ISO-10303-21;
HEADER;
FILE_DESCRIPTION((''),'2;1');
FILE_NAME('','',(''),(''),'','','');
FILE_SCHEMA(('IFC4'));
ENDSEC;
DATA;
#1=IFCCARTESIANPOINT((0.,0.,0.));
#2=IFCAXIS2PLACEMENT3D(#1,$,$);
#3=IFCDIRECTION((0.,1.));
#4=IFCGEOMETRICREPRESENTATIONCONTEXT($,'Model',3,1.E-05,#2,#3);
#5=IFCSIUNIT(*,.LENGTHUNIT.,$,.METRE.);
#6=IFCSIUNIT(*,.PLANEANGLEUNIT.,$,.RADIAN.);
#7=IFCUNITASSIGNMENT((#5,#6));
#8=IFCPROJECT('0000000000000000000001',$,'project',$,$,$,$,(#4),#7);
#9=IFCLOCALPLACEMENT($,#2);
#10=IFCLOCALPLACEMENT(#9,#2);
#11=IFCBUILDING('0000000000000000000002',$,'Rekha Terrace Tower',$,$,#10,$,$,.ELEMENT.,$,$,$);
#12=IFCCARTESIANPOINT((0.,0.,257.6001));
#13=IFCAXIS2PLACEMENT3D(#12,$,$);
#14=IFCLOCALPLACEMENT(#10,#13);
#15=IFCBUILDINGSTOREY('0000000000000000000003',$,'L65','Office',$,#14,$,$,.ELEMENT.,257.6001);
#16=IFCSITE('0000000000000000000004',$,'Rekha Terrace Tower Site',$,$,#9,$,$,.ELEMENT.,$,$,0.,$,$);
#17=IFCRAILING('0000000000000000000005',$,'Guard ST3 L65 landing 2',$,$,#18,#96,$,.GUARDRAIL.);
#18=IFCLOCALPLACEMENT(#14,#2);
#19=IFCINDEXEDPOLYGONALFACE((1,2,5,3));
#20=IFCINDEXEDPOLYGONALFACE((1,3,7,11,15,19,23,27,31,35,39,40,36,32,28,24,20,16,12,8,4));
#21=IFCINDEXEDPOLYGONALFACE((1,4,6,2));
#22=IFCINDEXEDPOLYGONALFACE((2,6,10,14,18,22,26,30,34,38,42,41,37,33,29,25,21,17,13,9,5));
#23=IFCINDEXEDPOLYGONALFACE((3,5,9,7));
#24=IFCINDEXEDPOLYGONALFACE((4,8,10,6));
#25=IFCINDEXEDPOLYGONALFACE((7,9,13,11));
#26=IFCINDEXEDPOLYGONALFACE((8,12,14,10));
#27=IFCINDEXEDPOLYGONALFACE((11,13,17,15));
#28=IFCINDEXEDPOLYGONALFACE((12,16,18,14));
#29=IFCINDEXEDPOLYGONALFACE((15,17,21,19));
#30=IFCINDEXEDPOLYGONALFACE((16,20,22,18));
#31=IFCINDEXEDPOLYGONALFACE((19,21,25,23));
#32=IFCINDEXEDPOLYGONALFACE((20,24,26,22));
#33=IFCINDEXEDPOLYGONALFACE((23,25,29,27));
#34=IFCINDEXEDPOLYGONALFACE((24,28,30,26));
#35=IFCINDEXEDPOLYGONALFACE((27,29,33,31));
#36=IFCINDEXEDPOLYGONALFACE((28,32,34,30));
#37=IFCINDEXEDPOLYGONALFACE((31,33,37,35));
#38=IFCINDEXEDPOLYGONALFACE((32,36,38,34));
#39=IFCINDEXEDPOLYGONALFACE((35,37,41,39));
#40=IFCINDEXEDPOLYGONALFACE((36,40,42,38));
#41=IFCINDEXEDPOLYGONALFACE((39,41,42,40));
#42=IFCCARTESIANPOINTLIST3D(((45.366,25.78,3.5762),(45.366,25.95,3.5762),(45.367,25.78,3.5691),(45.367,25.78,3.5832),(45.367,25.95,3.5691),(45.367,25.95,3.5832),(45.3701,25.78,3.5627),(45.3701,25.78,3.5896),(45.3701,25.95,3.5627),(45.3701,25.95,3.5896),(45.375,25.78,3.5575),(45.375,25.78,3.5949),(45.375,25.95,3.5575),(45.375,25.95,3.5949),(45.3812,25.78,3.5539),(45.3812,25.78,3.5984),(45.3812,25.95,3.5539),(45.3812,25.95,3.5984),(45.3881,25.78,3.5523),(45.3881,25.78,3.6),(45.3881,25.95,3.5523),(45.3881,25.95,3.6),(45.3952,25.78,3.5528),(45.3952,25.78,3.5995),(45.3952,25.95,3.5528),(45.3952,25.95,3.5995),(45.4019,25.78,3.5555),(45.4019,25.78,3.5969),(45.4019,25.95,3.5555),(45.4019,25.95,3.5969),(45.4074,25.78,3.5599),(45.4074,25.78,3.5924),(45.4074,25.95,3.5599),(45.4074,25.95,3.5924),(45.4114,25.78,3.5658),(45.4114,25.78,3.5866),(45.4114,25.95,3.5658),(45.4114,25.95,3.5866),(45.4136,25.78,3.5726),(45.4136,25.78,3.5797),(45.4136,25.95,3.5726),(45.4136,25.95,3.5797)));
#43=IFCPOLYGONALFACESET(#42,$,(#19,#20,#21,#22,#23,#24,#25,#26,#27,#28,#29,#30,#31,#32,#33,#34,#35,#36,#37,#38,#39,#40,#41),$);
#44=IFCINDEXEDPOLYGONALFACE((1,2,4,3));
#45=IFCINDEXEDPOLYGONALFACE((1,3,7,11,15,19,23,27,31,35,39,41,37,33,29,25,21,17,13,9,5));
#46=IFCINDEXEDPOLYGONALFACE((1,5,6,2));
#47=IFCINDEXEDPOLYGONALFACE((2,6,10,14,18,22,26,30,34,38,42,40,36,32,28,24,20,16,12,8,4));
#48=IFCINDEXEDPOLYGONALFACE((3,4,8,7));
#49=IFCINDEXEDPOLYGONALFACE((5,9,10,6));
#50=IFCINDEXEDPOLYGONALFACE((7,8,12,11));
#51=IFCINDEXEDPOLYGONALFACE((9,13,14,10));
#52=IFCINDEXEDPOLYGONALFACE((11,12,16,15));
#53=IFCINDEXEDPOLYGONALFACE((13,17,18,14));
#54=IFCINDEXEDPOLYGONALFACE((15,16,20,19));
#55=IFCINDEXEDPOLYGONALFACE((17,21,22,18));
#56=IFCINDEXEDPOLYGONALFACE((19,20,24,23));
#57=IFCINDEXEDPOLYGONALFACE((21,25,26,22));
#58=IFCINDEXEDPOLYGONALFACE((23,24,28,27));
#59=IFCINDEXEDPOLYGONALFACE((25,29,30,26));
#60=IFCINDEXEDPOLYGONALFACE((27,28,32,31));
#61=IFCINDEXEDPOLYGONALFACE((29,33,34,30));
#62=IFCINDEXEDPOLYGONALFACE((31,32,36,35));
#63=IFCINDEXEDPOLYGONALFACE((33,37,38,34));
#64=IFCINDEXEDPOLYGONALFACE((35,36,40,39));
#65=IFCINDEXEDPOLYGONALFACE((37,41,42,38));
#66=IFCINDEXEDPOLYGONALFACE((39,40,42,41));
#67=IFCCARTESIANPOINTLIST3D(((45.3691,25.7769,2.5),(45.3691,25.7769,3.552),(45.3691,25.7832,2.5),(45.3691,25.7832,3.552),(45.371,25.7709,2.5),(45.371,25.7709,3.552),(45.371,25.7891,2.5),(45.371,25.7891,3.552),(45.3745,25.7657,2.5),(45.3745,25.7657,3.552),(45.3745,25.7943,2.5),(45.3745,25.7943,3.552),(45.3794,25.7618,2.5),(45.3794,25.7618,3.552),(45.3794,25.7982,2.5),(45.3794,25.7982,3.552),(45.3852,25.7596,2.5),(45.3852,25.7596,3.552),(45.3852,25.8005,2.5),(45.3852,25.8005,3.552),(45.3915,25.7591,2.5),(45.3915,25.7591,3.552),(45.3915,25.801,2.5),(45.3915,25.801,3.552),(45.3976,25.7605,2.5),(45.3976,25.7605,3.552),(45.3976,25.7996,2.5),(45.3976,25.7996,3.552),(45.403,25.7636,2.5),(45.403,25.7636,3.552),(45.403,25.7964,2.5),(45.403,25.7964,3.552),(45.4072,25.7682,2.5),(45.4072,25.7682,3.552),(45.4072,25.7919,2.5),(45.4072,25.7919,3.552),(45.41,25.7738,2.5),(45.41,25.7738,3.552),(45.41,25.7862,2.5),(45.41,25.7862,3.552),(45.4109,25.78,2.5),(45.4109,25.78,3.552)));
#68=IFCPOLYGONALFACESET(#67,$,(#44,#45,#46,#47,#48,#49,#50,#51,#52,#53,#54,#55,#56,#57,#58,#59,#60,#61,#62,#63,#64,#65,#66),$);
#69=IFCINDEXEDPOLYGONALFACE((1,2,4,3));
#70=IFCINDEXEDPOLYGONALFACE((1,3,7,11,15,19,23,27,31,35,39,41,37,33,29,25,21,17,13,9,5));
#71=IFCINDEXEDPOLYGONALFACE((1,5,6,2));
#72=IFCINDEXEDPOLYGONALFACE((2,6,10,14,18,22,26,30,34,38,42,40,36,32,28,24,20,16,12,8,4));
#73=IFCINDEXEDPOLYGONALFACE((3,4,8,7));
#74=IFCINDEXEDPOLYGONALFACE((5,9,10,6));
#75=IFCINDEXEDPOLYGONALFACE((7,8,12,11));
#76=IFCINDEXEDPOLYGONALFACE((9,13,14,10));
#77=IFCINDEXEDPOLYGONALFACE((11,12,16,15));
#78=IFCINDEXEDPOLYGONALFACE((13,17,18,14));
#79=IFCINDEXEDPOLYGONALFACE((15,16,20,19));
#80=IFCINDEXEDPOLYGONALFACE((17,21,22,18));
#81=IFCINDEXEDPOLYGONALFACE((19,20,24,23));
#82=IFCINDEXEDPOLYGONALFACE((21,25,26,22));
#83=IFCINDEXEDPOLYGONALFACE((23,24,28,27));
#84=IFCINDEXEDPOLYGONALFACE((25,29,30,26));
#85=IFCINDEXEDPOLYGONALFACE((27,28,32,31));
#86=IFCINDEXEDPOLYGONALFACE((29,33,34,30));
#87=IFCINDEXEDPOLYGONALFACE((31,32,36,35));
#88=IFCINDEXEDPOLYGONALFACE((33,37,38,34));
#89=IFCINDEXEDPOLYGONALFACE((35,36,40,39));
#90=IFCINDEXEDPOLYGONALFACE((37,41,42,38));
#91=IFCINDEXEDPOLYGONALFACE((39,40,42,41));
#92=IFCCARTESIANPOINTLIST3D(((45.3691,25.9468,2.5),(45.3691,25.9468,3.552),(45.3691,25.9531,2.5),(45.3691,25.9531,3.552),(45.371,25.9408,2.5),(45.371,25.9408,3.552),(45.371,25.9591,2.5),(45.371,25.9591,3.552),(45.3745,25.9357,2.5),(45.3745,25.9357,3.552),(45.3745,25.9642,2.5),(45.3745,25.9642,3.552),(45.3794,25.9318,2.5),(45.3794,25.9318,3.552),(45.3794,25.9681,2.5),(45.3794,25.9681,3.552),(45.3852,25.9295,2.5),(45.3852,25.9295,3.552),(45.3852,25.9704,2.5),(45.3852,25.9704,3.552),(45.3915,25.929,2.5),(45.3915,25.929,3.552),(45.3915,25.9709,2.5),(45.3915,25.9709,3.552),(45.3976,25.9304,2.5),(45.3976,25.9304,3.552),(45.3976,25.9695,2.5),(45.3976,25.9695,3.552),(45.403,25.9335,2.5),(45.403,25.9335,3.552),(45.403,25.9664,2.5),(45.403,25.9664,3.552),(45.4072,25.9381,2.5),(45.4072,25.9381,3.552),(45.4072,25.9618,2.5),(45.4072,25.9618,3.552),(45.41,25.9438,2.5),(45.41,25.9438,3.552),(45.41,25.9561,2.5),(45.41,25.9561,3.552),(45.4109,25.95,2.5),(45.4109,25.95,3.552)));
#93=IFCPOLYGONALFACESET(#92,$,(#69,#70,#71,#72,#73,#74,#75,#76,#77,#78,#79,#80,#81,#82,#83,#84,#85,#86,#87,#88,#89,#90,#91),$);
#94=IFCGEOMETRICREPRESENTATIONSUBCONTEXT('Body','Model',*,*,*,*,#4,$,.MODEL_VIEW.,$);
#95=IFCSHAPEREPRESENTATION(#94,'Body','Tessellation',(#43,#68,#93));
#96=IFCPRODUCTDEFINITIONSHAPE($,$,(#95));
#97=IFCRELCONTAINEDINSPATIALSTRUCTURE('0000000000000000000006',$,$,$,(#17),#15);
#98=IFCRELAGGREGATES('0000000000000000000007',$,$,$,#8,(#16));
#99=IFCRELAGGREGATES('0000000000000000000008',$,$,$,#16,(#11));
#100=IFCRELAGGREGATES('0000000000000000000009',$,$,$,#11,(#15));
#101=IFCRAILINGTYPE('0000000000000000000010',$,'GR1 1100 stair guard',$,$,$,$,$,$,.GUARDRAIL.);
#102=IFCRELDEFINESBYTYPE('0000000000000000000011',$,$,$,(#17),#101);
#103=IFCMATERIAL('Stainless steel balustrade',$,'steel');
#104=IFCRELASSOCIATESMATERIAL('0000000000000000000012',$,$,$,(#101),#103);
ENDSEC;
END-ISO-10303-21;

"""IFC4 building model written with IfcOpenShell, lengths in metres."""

from ifc_helpers import new_model, si_unit, direction, frame, origin, origin_2d, place, context, subcontext, project, spatial, circle, extrude, material, type_object, element, save


model = new_model("IFC4")

# Units and contexts
model_context = context("Model", 3, precision=1e-05, world=origin(), true_north=direction((0.0, 1.0)))
body_context = subcontext(model_context, "Body", "Model", "MODEL_VIEW")
ifc_project = project(units=[si_unit("LENGTHUNIT", "METRE"), si_unit("PLANEANGLEUNIT", "RADIAN")], contexts=[model_context])

# Site, building, storey
site_placement = place(None, origin())
site = spatial("IfcSite", under=ifc_project, at=site_placement, Name="Rekha Terrace Tower Site", CompositionType="ELEMENT", RefElevation=0.0)
building_placement = place(site_placement, origin())
building = spatial("IfcBuilding", under=site, at=building_placement, Name="Rekha Terrace Tower", CompositionType="ELEMENT")
storey_placement = place(building_placement, frame((0.0, 0.0, 257.6001)))
storey = spatial("IfcBuildingStorey", under=building, at=storey_placement, Name="L65", Description="Office", CompositionType="ELEMENT", Elevation=257.6001)

# Railing
ifc_material_1 = material(Name="Stainless steel balustrade", Category="steel")
railing_type_1 = type_object("IfcRailingType", Name="GR1 1100 stair guard", PredefinedType="GUARDRAIL", material=ifc_material_1)
railing_1_placement = place(storey_placement, frame((45.3899, 25.78, 2.5)))
element("IfcRailing", 1, at=railing_1_placement, inside=storey, type_object=railing_type_1, Name="Guard ST3 L65 landing 2", PredefinedType="GUARDRAIL", context=body_context, shape_type="SweptSolid", body=[
    extrude(circle(Radius=0.0239, at=origin_2d()), frame((0.0, 0.0, 1.0762), z_axis=(0.0, 1.0, 0.0), x_axis=(-1.0, 0.0, 0.0)), (0.0, 0.0, 1.0), 0.1699),
    extrude(circle(Radius=0.021, at=origin_2d()), origin(), (0.0, 0.0, 1.0), 1.052),
    extrude(circle(Radius=0.021, at=origin_2d()), frame((0.0, 0.1699, 0.0)), (0.0, 0.0, 1.0), 1.052),
])

save(model, "model.ifc")
